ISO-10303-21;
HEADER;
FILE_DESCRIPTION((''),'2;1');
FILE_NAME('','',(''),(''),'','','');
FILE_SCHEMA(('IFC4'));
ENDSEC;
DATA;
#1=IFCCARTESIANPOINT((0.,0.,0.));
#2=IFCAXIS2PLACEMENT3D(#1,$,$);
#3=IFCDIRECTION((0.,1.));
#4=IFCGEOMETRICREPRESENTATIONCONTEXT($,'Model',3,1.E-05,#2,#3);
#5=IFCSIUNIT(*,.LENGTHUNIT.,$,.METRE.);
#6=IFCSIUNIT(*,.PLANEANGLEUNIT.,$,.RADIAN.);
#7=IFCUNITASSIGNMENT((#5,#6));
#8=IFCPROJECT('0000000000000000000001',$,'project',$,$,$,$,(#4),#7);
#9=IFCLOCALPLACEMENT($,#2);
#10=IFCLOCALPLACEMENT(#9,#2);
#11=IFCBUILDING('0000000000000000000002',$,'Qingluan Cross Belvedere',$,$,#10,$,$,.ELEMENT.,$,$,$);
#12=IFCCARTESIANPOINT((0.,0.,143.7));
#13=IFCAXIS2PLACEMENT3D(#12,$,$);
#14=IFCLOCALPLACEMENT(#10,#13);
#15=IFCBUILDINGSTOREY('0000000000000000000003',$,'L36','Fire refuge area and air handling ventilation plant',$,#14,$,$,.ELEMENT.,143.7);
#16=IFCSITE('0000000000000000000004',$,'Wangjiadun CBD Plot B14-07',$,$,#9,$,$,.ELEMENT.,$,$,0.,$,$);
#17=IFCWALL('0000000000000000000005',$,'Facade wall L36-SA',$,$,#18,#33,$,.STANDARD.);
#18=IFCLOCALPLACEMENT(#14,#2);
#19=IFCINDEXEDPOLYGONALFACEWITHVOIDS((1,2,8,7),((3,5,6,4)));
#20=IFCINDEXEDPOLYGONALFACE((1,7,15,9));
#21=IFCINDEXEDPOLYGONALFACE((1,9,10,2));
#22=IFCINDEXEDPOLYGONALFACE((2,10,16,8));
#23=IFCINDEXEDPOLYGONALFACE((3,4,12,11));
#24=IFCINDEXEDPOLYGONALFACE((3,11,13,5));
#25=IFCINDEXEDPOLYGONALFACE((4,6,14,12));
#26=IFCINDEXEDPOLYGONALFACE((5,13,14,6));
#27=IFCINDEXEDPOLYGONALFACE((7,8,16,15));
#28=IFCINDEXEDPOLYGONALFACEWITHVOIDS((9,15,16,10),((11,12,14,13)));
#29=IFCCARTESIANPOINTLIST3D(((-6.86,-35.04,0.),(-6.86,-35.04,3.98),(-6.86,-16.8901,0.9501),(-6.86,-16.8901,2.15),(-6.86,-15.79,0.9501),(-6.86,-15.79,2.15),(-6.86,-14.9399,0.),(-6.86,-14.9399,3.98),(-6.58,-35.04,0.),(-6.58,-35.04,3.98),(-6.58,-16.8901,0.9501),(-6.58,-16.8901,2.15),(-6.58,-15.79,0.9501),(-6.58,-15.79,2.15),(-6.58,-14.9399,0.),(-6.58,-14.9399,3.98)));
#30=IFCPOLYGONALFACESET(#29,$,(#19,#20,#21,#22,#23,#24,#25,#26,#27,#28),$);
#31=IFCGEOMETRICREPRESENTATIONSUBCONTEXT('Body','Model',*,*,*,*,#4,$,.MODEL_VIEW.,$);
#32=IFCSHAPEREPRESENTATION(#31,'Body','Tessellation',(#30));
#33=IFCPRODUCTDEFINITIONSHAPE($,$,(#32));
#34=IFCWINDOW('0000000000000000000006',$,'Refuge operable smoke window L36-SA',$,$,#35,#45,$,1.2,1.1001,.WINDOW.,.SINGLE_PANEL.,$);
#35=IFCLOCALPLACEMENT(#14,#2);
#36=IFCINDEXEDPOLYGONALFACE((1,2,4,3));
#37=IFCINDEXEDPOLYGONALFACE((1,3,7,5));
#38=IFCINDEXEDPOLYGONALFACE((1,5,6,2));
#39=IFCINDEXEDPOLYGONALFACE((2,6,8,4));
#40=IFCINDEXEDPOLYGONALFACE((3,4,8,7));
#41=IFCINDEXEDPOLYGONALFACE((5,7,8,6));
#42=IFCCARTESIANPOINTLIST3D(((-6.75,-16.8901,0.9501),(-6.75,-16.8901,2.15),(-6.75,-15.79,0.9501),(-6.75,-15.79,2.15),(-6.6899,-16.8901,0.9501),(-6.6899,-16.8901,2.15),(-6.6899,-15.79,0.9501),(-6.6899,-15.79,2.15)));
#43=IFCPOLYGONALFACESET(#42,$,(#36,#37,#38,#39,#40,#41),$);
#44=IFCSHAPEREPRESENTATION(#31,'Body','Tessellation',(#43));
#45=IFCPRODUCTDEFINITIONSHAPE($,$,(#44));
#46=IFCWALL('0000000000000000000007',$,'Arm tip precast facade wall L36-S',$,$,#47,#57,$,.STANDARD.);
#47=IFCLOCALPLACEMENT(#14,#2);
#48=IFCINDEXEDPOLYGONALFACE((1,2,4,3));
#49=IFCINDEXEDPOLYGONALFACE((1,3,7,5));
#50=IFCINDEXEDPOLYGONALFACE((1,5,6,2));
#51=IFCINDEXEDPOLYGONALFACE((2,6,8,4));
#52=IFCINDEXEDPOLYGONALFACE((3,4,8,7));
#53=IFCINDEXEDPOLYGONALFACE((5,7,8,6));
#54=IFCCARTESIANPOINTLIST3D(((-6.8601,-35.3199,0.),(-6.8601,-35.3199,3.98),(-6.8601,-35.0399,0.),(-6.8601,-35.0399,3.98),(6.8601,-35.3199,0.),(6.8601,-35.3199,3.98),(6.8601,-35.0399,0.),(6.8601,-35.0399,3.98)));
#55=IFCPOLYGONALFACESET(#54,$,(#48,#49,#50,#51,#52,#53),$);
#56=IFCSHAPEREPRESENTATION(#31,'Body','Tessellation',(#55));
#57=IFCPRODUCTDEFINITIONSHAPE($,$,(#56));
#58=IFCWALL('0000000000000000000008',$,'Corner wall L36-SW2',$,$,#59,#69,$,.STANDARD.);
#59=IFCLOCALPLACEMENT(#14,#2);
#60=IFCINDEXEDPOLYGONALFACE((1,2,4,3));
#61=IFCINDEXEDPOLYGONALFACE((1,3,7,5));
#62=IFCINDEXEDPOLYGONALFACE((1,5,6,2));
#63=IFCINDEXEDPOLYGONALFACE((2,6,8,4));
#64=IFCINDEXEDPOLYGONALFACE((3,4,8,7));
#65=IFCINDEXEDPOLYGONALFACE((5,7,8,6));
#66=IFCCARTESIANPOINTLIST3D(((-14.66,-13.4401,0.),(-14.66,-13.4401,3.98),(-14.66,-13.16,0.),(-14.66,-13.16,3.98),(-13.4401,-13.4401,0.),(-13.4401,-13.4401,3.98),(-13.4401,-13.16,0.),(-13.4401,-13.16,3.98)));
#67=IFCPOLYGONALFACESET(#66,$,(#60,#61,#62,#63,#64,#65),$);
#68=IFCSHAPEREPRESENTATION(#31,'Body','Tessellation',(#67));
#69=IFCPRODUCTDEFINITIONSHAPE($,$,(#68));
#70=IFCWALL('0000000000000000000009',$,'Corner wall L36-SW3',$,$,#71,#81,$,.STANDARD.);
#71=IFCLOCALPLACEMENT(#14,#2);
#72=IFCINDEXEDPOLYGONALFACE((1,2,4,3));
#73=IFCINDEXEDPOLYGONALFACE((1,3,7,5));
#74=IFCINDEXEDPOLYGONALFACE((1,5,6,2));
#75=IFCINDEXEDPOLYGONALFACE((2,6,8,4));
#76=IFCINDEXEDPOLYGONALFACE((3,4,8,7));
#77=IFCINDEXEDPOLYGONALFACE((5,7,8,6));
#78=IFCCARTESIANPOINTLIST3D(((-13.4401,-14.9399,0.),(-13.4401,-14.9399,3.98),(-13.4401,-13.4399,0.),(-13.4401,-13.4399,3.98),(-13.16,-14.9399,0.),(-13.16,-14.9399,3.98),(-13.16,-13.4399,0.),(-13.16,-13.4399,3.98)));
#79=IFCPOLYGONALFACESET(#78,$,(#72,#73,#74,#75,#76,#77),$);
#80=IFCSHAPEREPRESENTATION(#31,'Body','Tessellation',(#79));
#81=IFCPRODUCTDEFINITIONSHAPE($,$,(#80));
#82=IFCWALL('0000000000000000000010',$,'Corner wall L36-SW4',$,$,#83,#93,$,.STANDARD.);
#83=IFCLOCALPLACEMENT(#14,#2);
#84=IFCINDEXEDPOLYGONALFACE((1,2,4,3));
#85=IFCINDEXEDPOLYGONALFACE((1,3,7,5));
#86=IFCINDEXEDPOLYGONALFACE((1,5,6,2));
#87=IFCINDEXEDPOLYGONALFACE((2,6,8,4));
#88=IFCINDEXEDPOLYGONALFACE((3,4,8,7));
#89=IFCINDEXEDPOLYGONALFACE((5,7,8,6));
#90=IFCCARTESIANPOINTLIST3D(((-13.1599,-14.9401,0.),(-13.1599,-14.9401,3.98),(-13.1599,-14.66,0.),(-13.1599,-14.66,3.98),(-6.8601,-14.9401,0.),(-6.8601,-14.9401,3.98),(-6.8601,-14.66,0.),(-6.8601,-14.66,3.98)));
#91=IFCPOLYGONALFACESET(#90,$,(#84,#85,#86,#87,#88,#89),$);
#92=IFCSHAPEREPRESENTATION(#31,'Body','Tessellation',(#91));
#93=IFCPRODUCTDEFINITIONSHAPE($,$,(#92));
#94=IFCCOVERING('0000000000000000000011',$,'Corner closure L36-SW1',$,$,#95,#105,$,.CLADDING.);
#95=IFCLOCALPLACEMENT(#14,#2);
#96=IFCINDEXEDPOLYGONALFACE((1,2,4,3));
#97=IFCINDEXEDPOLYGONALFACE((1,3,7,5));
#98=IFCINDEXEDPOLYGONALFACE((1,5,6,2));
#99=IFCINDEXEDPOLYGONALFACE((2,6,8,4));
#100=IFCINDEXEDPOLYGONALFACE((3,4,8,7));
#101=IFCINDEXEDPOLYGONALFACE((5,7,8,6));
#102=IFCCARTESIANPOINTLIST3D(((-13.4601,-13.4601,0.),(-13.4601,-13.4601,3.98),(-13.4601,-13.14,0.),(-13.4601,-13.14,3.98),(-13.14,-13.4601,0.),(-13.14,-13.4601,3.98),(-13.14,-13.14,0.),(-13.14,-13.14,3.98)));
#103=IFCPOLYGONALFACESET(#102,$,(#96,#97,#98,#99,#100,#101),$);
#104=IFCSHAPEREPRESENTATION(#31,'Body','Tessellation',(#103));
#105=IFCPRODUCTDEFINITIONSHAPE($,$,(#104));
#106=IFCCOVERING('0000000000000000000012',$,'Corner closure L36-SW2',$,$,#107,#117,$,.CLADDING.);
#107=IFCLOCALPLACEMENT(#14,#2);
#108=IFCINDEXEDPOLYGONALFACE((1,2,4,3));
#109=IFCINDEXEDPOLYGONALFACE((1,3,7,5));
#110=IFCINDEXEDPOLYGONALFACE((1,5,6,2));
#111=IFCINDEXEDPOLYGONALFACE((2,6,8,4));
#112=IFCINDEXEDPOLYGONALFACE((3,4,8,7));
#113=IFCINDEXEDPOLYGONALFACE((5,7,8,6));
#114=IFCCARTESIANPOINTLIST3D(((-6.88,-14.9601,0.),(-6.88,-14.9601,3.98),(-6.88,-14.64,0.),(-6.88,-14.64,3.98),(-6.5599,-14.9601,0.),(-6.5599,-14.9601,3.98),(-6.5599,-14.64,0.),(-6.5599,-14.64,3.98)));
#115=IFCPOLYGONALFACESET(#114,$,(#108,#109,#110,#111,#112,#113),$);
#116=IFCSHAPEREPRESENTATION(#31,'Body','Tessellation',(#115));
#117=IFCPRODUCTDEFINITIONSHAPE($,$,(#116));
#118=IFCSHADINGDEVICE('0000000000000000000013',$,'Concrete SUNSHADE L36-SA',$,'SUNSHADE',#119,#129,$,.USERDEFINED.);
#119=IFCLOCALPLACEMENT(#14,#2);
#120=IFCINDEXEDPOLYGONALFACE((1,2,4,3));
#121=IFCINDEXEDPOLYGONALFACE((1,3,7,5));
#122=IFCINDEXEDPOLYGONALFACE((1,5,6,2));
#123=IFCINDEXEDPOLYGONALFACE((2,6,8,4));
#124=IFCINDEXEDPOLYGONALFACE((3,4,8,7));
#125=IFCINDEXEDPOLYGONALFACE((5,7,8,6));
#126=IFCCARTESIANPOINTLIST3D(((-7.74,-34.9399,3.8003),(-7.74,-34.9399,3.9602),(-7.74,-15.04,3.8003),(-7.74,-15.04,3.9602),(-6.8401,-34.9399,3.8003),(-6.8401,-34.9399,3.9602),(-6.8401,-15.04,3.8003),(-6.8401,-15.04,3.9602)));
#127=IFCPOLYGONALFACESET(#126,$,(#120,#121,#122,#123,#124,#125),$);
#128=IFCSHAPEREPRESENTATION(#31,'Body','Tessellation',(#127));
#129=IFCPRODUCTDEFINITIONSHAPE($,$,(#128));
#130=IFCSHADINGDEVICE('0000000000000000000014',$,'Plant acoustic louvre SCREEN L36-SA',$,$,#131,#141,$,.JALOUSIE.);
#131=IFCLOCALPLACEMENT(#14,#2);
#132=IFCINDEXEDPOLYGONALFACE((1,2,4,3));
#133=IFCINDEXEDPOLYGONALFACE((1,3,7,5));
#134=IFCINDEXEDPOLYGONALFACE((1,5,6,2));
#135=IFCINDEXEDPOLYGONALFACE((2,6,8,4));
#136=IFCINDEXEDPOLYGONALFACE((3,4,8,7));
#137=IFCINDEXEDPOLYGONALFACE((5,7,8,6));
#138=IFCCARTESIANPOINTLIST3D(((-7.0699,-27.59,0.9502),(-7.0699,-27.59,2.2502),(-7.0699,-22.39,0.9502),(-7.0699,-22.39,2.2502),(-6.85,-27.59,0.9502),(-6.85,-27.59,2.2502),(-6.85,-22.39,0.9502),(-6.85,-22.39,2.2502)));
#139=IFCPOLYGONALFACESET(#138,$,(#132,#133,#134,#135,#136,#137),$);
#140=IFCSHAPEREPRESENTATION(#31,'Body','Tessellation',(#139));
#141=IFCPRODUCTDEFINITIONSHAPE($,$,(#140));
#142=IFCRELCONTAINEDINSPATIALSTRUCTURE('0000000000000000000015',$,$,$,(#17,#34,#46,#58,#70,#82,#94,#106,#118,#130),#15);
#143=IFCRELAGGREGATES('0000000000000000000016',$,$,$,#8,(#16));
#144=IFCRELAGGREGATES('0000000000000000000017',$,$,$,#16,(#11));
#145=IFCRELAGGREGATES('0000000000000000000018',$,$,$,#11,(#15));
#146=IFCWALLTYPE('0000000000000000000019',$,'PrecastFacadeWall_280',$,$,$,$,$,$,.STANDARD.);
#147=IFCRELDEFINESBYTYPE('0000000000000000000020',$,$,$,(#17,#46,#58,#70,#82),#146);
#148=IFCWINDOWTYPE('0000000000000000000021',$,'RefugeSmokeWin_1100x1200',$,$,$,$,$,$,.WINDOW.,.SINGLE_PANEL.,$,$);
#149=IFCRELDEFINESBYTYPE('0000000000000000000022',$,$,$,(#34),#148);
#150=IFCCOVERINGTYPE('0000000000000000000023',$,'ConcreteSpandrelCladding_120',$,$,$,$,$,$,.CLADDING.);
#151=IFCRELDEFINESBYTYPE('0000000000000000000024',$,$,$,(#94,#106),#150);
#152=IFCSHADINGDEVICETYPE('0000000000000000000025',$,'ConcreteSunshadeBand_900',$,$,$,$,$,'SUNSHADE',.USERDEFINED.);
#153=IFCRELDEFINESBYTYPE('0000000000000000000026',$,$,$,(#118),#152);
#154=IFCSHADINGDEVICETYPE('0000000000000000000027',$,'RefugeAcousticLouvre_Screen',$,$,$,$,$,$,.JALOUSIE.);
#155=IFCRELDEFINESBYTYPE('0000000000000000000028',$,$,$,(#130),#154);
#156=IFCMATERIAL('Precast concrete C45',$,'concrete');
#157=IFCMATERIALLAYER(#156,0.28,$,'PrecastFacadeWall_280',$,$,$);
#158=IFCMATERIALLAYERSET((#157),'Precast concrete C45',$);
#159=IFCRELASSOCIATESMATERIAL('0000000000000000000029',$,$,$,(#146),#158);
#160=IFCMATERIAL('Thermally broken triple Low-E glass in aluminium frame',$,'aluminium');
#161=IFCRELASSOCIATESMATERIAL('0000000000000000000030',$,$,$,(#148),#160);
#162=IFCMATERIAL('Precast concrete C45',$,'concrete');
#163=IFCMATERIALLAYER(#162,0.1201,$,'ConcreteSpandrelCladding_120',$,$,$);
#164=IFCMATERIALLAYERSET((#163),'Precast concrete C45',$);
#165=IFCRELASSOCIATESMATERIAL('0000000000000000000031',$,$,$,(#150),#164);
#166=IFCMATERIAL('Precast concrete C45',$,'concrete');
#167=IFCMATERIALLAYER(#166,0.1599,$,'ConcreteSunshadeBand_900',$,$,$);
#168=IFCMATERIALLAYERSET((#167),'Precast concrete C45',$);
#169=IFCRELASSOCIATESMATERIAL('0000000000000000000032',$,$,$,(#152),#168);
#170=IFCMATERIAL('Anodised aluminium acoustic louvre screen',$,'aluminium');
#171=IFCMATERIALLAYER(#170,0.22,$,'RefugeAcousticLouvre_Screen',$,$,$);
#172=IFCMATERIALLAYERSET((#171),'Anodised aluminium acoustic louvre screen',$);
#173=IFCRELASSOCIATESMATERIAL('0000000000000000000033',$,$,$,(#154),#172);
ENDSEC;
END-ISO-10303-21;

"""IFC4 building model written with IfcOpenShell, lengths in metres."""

from ifc_helpers import new_model, si_unit, direction, frame, frame_2d, origin, origin_2d, place, context, subcontext, project, spatial, rectangle, extrude, material, layer, layer_set, type_object, element, fill, save


model = new_model("IFC4")

# Units and contexts
model_context = context("Model", 3, precision=1e-05, world=origin(), true_north=direction((0.0, 1.0)))
body_context = subcontext(model_context, "Body", "Model", "MODEL_VIEW")
ifc_project = project(units=[si_unit("LENGTHUNIT", "METRE"), si_unit("PLANEANGLEUNIT", "RADIAN")], contexts=[model_context])

# Site, building, storey
site_placement = place(None, origin())
site = spatial("IfcSite", under=ifc_project, at=site_placement, Name="Wangjiadun CBD Plot B14-07", CompositionType="ELEMENT", RefElevation=0.0)
building_placement = place(site_placement, origin())
building = spatial("IfcBuilding", under=site, at=building_placement, Name="Qingluan Cross Belvedere", CompositionType="ELEMENT")
storey_placement = place(building_placement, frame((0.0, 0.0, 143.7)))
storey = spatial("IfcBuildingStorey", under=building, at=storey_placement, Name="L36", Description="Fire refuge area and air handling ventilation plant", CompositionType="ELEMENT", Elevation=143.7)

# Wall, opening, window
ifc_material_1 = material(Name="Precast concrete C45", Category="concrete")
ifc_layer_1 = layer(ifc_material_1, 0.28, Name="PrecastFacadeWall_280")
ifc_layer_set_1 = layer_set([ifc_layer_1], Name="Precast concrete C45")
wall_type_1 = type_object("IfcWallType", Name="PrecastFacadeWall_280", PredefinedType="STANDARD", material=ifc_layer_set_1)
wall_1_placement = place(storey_placement, frame((-6.72, -14.9399, 0.0), z_axis=(0.0, 0.0, 1.0), x_axis=(0.0, -1.0, 0.0)))
wall_1 = element("IfcWall", 1, at=wall_1_placement, inside=storey, type_object=wall_type_1, Name="Facade wall L36-SA", PredefinedType="STANDARD", context=body_context, shape_type="SweptSolid", body=[
    extrude(rectangle(XDim=20.1001, YDim=0.28, at=frame_2d((10.05, 0.0))), origin(), (0.0, 0.0, 1.0), 3.98),
])
opening_1_placement = place(wall_1_placement, frame((0.8501, 0.0, 0.95)))
opening_1 = element("IfcOpeningElement", 2, at=opening_1_placement, cuts=wall_1, PredefinedType="OPENING", context=body_context, shape_type="SweptSolid", body=[
    extrude(rectangle(XDim=1.1001, YDim=1.2, at=frame_2d((0.55, 0.6001))), frame((0.0, 0.1499, 0.0), z_axis=(0.0, -1.0, 0.0), x_axis=(1.0, 0.0, 0.0)), (0.0, 0.0, 1.0), 0.3),
])
ifc_material_2 = material(Name="Thermally broken triple Low-E glass in aluminium frame", Category="aluminium")
window_type = type_object("IfcWindowType", Name="RefugeSmokeWin_1100x1200", PartitioningType="SINGLE_PANEL", PredefinedType="WINDOW", material=ifc_material_2)
window_placement = place(opening_1_placement, origin())
window = element("IfcWindow", 3, at=window_placement, inside=storey, type_object=window_type, Name="Refuge operable smoke window L36-SA", OverallHeight=1.2, OverallWidth=1.1001, PartitioningType="SINGLE_PANEL", PredefinedType="WINDOW", context=body_context, shape_type="SweptSolid", body=[
    extrude(rectangle(XDim=1.1001, YDim=1.2, at=frame_2d((0.55, 0.6001))), frame((0.0, 0.03, 0.0), z_axis=(0.0, -1.0, 0.0), x_axis=(1.0, 0.0, 0.0)), (0.0, 0.0, 1.0), 0.0601),
])
fill(opening_1, window)

# Walls
wall_2_placement = place(storey_placement, frame((-6.8601, -35.1799, 0.0), z_axis=(0.0, 0.0, 1.0), x_axis=(1.0, 0.0, 0.0)))
element("IfcWall", 4, at=wall_2_placement, inside=storey, type_object=wall_type_1, Name="Arm tip precast facade wall L36-S", PredefinedType="STANDARD", context=body_context, shape_type="SweptSolid", body=[
    extrude(rectangle(XDim=13.7202, YDim=0.28, at=frame_2d((6.8601, 0.0))), origin(), (0.0, 0.0, 1.0), 3.98),
])
wall_3_placement = place(storey_placement, frame((-14.6599, -13.3, 0.0), z_axis=(0.0, 0.0, 1.0), x_axis=(1.0, 0.0, 0.0)))
element("IfcWall", 5, at=wall_3_placement, inside=storey, type_object=wall_type_1, Name="Corner wall L36-SW2", PredefinedType="STANDARD", context=body_context, shape_type="SweptSolid", body=[
    extrude(rectangle(XDim=1.22, YDim=0.28, at=frame_2d((0.6099, 0.0))), origin(), (0.0, 0.0, 1.0), 3.98),
])
wall_4_placement = place(storey_placement, frame((-13.3, -13.4399, 0.0), z_axis=(0.0, 0.0, 1.0), x_axis=(0.0, -1.0, 0.0)))
element("IfcWall", 6, at=wall_4_placement, inside=storey, type_object=wall_type_1, Name="Corner wall L36-SW3", PredefinedType="STANDARD", context=body_context, shape_type="SweptSolid", body=[
    extrude(rectangle(XDim=1.5, YDim=0.28, at=frame_2d((0.75, 0.0))), origin(), (0.0, 0.0, 1.0), 3.98),
])
wall_5_placement = place(storey_placement, frame((-13.1599, -14.8, 0.0), z_axis=(0.0, 0.0, 1.0), x_axis=(1.0, 0.0, 0.0)))
element("IfcWall", 7, at=wall_5_placement, inside=storey, type_object=wall_type_1, Name="Corner wall L36-SW4", PredefinedType="STANDARD", context=body_context, shape_type="SweptSolid", body=[
    extrude(rectangle(XDim=6.2998, YDim=0.28, at=frame_2d((3.1499, 0.0))), origin(), (0.0, 0.0, 1.0), 3.98),
])

# Coverings
ifc_material_3 = material(Name="Precast concrete C45", Category="concrete")
ifc_layer_2 = layer(ifc_material_3, 0.1201, Name="ConcreteSpandrelCladding_120")
ifc_layer_set_2 = layer_set([ifc_layer_2], Name="Precast concrete C45")
covering_type = type_object("IfcCoveringType", Name="ConcreteSpandrelCladding_120", PredefinedType="CLADDING", material=ifc_layer_set_2)
for number, where, z_axis, x_axis, name in (
    (8, (-13.3, -13.3, 0.0), (0.0, 0.0, 1.0), (1.0, 0.0, 0.0), "Corner closure L36-SW1"),
    (9, (-6.72, -14.8, 0.0), (0.0, 0.0, 1.0), (1.0, 0.0, 0.0), "Corner closure L36-SW2"),
):
    element("IfcCovering", number, at=place(storey_placement, frame(where, z_axis=z_axis, x_axis=x_axis)), inside=storey, type_object=covering_type, Name=name, PredefinedType="CLADDING", context=body_context, shape_type="SweptSolid", body=[
        extrude(rectangle(XDim=0.3201, YDim=0.3201, at=origin_2d()), origin(), (0.0, 0.0, 1.0), 3.98),
    ])

# Shading devices
ifc_material_4 = material(Name="Precast concrete C45", Category="concrete")
ifc_layer_3 = layer(ifc_material_4, 0.1599, Name="ConcreteSunshadeBand_900")
ifc_layer_set_3 = layer_set([ifc_layer_3], Name="Precast concrete C45")
shading_device_type_1 = type_object("IfcShadingDeviceType", Name="ConcreteSunshadeBand_900", ElementType="SUNSHADE", PredefinedType="USERDEFINED", material=ifc_layer_set_3)
shading_device_1_placement = place(storey_placement, frame((-7.29, -24.99, 3.8003), z_axis=(0.0, 0.0, 1.0), x_axis=(0.0, -1.0, 0.0)))
element("IfcShadingDevice", 10, at=shading_device_1_placement, inside=storey, type_object=shading_device_type_1, Name="Concrete SUNSHADE L36-SA", ObjectType="SUNSHADE", PredefinedType="USERDEFINED", context=body_context, shape_type="SweptSolid", body=[
    extrude(rectangle(XDim=19.8999, YDim=0.8999, at=origin_2d()), origin(), (0.0, 0.0, 1.0), 0.1599),
])
ifc_material_5 = material(Name="Anodised aluminium acoustic louvre screen", Category="aluminium")
ifc_layer_4 = layer(ifc_material_5, 0.22, Name="RefugeAcousticLouvre_Screen")
ifc_layer_set_4 = layer_set([ifc_layer_4], Name="Anodised aluminium acoustic louvre screen")
shading_device_type_2 = type_object("IfcShadingDeviceType", Name="RefugeAcousticLouvre_Screen", PredefinedType="JALOUSIE", material=ifc_layer_set_4)
shading_device_2_placement = place(storey_placement, frame((-6.96, -24.99, 0.9502), z_axis=(0.0, 0.0, 1.0), x_axis=(0.0, -1.0, 0.0)))
element("IfcShadingDevice", 11, at=shading_device_2_placement, inside=storey, type_object=shading_device_type_2, Name="Plant acoustic louvre SCREEN L36-SA", PredefinedType="JALOUSIE", context=body_context, shape_type="SweptSolid", body=[
    extrude(rectangle(XDim=5.2, YDim=0.22, at=origin_2d()), origin(), (0.0, 0.0, 1.0), 1.3),
])

save(model, "model.ifc")
